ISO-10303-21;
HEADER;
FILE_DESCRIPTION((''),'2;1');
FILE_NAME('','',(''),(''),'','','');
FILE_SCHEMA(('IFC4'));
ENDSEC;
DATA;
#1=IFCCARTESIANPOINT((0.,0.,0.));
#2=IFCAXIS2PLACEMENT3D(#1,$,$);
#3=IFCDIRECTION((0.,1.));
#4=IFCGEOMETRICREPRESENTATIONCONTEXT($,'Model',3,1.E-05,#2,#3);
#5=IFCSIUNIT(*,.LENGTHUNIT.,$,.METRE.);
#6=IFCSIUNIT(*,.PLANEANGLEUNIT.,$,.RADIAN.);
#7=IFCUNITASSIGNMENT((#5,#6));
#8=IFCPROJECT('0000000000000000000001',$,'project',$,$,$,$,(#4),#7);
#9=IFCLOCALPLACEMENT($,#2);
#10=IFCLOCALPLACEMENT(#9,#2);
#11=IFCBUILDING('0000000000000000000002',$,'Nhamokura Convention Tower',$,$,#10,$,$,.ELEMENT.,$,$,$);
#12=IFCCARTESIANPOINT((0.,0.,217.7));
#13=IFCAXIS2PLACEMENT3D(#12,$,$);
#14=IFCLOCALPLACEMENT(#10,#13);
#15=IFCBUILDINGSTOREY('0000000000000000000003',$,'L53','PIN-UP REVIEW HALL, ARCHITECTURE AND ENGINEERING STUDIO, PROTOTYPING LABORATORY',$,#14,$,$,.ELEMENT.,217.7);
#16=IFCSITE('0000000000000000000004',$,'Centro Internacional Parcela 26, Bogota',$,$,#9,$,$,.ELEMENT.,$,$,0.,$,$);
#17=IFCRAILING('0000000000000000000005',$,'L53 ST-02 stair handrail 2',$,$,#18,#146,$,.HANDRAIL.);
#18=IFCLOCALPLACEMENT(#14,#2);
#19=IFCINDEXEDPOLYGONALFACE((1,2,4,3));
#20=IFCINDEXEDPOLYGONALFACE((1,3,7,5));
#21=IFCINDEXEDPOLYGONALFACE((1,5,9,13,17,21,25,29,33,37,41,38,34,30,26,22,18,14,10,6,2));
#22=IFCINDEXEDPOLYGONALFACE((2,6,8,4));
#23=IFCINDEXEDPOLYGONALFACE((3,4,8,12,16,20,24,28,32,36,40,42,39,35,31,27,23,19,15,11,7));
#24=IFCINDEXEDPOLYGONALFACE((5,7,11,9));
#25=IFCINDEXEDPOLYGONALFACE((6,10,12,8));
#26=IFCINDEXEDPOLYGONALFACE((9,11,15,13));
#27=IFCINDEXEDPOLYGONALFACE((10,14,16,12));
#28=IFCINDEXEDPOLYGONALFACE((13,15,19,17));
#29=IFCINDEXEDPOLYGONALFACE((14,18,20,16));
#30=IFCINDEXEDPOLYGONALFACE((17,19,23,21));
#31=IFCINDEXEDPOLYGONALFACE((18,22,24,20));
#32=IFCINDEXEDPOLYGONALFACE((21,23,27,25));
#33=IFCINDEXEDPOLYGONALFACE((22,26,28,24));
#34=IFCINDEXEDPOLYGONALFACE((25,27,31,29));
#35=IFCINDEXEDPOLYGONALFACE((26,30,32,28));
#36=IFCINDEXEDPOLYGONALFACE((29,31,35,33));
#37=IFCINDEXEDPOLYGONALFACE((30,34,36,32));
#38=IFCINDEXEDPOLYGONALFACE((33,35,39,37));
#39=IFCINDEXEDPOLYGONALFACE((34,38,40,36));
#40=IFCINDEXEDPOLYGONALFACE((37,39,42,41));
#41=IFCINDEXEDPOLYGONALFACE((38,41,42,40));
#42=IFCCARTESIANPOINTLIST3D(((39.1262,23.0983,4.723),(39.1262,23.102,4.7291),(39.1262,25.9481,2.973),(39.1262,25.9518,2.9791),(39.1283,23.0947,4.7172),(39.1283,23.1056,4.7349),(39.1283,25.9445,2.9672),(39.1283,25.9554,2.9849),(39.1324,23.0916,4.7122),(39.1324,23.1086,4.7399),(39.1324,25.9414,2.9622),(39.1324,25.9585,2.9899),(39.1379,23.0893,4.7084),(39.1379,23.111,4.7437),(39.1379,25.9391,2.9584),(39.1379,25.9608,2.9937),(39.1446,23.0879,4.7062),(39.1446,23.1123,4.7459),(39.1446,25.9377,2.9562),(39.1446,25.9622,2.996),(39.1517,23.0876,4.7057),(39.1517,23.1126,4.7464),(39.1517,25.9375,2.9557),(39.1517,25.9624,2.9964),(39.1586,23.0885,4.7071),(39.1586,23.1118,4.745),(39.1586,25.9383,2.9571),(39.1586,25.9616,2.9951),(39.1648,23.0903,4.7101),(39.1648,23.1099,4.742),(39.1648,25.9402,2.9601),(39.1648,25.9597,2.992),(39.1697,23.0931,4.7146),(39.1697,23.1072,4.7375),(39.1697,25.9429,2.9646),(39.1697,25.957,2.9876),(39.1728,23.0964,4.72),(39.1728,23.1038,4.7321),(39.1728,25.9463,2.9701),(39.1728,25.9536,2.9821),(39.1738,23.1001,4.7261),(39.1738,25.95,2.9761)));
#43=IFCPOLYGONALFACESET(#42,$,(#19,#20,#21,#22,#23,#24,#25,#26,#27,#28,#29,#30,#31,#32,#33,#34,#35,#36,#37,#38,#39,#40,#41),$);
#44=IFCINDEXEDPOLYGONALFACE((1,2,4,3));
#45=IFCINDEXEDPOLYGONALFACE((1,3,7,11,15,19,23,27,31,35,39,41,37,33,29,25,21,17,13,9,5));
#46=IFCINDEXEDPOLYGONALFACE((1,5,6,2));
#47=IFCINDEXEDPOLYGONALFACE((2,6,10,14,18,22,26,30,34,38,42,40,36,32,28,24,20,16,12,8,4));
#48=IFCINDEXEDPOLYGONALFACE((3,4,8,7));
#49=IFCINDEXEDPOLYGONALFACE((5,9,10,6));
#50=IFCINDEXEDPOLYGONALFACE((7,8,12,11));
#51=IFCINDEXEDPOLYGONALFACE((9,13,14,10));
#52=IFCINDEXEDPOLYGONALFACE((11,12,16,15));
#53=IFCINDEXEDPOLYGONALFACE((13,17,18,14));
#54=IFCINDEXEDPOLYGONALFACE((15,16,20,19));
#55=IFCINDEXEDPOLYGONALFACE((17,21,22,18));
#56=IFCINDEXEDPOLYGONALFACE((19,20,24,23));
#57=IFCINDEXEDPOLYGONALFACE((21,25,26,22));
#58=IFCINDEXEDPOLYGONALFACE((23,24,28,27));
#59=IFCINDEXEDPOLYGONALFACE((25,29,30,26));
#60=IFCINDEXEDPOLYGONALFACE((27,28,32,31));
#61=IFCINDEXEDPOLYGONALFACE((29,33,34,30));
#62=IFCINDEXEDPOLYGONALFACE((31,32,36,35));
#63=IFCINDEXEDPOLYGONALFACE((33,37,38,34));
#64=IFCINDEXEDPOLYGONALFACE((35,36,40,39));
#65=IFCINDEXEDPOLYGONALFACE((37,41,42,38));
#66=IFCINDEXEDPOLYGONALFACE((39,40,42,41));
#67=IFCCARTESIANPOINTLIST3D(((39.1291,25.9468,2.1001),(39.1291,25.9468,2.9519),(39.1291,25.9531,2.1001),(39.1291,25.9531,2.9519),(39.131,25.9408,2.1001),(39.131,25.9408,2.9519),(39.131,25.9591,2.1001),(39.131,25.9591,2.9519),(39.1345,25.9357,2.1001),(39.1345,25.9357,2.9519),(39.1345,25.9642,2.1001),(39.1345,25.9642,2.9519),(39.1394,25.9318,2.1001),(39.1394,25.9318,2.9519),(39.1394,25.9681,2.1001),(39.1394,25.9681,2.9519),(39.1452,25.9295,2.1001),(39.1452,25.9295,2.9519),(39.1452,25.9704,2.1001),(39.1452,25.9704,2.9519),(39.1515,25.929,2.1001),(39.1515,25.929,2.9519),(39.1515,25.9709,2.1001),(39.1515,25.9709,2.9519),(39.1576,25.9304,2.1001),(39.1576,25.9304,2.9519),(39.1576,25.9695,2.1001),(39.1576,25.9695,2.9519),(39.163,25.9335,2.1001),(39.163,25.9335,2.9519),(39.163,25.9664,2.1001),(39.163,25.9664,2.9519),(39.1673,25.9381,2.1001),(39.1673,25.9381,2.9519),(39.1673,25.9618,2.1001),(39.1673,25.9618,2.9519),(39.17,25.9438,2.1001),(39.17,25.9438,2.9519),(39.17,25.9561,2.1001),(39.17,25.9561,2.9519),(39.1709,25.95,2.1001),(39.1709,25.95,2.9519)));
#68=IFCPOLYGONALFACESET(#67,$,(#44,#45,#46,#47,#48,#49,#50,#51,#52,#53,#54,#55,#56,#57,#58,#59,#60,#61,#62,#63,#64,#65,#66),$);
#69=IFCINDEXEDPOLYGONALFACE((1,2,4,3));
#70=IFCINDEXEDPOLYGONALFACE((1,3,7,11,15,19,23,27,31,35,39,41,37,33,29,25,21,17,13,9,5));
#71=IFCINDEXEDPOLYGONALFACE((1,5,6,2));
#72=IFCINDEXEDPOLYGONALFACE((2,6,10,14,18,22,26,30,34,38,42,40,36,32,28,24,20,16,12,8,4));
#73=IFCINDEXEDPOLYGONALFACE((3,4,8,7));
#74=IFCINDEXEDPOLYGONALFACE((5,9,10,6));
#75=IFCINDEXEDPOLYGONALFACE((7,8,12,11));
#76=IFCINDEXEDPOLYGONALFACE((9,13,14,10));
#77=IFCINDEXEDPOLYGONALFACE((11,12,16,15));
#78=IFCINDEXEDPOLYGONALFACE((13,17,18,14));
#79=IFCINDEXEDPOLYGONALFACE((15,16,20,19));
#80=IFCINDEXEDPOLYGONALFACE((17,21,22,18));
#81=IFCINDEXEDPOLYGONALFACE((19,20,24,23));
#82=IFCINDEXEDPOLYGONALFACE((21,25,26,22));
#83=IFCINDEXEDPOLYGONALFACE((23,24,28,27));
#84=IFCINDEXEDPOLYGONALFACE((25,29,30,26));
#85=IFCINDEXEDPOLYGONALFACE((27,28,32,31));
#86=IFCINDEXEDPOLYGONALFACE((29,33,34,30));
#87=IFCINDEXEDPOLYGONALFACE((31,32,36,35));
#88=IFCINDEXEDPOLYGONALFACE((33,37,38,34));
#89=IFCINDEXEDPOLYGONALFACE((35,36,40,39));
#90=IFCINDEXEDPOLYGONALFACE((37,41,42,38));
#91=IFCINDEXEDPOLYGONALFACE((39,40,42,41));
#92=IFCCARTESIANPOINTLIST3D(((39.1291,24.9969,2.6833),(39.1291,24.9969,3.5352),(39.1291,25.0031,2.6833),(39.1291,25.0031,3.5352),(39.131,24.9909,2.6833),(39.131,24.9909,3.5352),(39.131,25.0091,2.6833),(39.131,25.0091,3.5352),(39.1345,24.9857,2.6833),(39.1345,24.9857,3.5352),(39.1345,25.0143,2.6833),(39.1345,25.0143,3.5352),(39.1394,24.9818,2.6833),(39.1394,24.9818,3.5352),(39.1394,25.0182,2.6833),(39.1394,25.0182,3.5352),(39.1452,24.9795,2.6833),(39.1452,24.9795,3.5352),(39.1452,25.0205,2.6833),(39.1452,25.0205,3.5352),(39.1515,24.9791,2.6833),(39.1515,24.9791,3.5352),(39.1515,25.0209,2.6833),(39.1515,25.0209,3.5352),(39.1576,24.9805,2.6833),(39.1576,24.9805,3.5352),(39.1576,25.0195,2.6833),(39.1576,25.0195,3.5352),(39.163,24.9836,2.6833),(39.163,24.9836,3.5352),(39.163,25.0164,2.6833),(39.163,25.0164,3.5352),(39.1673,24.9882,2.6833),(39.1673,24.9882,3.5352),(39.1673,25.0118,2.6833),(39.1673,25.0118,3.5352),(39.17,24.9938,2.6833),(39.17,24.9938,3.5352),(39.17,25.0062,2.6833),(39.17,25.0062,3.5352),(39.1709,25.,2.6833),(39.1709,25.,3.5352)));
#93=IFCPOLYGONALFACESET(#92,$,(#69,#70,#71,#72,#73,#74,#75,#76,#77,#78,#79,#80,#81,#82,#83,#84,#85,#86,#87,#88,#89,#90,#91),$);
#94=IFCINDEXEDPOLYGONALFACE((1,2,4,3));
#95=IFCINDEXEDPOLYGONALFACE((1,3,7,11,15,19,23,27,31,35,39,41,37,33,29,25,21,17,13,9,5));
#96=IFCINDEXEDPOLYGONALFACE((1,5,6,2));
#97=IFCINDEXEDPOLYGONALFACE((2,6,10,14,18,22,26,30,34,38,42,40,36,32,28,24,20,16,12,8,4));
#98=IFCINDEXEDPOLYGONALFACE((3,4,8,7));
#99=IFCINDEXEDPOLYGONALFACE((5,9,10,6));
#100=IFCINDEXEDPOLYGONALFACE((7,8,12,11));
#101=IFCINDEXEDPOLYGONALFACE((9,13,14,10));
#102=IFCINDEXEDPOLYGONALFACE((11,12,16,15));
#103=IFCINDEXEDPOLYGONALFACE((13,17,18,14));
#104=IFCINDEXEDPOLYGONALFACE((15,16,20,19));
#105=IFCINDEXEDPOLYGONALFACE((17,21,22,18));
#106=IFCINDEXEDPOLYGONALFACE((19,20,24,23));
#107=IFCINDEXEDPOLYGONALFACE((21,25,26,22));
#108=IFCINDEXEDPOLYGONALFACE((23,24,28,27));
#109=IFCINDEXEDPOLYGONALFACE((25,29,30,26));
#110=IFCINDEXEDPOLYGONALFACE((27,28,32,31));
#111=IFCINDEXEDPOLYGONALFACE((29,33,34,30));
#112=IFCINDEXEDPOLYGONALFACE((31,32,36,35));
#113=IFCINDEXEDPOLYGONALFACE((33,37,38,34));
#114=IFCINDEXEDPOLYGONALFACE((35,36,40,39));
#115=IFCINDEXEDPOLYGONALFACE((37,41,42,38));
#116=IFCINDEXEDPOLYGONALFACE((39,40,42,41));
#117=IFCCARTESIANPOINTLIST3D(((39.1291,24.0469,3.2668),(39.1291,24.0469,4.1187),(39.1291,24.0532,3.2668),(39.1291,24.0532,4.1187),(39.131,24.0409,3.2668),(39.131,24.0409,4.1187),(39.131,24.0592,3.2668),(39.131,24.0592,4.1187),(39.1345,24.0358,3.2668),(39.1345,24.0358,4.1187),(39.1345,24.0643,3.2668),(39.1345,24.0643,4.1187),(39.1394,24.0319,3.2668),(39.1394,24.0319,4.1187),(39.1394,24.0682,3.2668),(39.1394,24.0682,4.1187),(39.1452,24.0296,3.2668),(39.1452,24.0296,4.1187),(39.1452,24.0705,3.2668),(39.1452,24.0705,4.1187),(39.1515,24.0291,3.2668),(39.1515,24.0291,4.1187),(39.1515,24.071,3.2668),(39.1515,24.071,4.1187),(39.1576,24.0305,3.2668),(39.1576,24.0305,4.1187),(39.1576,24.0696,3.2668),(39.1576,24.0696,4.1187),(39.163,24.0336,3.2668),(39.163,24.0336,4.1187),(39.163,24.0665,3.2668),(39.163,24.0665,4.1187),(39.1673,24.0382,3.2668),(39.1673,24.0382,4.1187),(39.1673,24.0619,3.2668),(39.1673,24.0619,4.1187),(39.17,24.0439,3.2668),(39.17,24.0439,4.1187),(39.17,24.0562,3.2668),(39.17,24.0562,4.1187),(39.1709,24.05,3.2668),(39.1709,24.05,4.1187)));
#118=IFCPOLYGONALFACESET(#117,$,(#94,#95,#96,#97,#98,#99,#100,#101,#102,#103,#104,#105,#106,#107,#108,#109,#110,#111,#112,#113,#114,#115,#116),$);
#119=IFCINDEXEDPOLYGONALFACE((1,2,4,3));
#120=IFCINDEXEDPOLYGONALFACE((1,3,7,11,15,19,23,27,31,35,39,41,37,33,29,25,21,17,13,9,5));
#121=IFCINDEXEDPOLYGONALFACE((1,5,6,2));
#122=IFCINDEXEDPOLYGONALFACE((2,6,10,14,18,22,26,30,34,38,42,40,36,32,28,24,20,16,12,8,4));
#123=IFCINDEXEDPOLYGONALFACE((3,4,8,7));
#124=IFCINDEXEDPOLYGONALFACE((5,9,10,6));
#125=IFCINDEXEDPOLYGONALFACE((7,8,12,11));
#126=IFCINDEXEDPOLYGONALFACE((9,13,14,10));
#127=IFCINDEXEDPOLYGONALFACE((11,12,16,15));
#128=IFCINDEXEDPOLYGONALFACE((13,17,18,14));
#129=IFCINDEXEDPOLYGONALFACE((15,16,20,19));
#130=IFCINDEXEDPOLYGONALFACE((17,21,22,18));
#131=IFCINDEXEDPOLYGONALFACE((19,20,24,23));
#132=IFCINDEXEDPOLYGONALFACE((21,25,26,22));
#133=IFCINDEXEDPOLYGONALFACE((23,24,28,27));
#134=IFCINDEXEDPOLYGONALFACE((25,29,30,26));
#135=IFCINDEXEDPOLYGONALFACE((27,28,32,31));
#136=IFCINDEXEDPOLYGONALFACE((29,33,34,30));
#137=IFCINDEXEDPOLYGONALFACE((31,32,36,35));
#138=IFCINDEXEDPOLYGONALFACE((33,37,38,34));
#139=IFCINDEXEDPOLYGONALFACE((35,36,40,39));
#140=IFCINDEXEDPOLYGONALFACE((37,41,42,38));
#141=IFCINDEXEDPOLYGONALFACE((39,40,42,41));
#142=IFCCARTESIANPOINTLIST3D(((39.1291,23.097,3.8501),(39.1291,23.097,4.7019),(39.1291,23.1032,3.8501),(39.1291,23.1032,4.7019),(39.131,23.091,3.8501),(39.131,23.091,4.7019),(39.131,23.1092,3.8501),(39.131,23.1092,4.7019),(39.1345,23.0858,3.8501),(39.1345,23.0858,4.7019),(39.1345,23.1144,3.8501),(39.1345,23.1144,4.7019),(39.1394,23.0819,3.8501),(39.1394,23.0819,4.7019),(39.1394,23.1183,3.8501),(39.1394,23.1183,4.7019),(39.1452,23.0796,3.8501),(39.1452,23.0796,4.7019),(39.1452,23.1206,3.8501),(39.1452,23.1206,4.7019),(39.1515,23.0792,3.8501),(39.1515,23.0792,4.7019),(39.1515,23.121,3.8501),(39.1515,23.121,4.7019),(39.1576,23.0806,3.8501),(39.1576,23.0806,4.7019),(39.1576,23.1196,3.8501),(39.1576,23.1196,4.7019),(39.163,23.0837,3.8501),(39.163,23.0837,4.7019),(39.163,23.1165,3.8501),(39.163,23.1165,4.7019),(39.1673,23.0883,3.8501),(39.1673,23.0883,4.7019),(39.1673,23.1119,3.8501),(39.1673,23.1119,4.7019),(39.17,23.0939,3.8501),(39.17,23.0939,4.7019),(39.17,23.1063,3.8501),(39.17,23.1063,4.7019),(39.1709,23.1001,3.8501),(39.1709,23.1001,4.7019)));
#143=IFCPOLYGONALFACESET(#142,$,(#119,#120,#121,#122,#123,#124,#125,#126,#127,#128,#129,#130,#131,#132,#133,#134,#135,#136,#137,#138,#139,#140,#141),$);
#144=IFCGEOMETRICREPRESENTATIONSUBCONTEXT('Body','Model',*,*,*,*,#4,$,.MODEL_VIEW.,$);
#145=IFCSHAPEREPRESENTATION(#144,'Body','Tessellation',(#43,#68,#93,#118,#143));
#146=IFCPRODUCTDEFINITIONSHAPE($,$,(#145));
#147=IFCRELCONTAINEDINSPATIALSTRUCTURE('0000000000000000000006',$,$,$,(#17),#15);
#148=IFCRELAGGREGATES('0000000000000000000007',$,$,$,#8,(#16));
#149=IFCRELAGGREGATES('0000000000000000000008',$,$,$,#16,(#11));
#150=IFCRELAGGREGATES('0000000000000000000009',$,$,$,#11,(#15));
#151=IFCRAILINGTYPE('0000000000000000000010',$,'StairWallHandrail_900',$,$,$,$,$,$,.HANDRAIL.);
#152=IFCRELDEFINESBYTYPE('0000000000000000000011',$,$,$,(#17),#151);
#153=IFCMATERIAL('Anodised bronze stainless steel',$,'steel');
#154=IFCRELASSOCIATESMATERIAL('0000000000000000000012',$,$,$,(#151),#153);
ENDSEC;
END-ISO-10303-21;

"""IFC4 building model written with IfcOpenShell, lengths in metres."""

from ifc_helpers import new_model, si_unit, direction, frame, origin, origin_2d, place, context, subcontext, project, spatial, circle, extrude, material, type_object, element, save


model = new_model("IFC4")

# Units and contexts
model_context = context("Model", 3, precision=1e-05, world=origin(), true_north=direction((0.0, 1.0)))
body_context = subcontext(model_context, "Body", "Model", "MODEL_VIEW")
ifc_project = project(units=[si_unit("LENGTHUNIT", "METRE"), si_unit("PLANEANGLEUNIT", "RADIAN")], contexts=[model_context])

# Site, building, storey
site_placement = place(None, origin())
site = spatial("IfcSite", under=ifc_project, at=site_placement, Name="Centro Internacional Parcela 26, Bogota", CompositionType="ELEMENT", RefElevation=0.0)
building_placement = place(site_placement, origin())
building = spatial("IfcBuilding", under=site, at=building_placement, Name="Nhamokura Convention Tower", CompositionType="ELEMENT")
storey_placement = place(building_placement, frame((0.0, 0.0, 217.7)))
storey = spatial("IfcBuildingStorey", under=building, at=storey_placement, Name="L53", Description="PIN-UP REVIEW HALL, ARCHITECTURE AND ENGINEERING STUDIO, PROTOTYPING LABORATORY", CompositionType="ELEMENT", Elevation=217.7)

# Railing
ifc_material_1 = material(Name="Anodised bronze stainless steel", Category="steel")
railing_type_1 = type_object("IfcRailingType", Name="StairWallHandrail_900", PredefinedType="HANDRAIL", material=ifc_material_1)
railing_1_placement = place(storey_placement, frame((39.1499, 25.95, 2.1001)))
element("IfcRailing", 1, at=railing_1_placement, inside=storey, type_object=railing_type_1, Name="L53 ST-02 stair handrail 2", PredefinedType="HANDRAIL", context=body_context, shape_type="SweptSolid", body=[
    extrude(circle(Radius=0.0239, at=origin_2d()), frame((0.0, 0.0, 0.876), z_axis=(0.0, -0.852159, 0.523283), x_axis=(1.0, 0.0, 0.0)), (0.0, 0.0, 1.0), 3.3442),
    extrude(circle(Radius=0.021, at=origin_2d()), origin(), (0.0, 0.0, 1.0), 0.8518),
    extrude(circle(Radius=0.021, at=origin_2d()), frame((0.0, -0.95, 0.5833)), (0.0, 0.0, 1.0), 0.8518),
    extrude(circle(Radius=0.021, at=origin_2d()), frame((0.0, -1.8999, 1.1667)), (0.0, 0.0, 1.0), 0.8518),
    extrude(circle(Radius=0.021, at=origin_2d()), frame((0.0, -2.8499, 1.75)), (0.0, 0.0, 1.0), 0.8518),
])

save(model, "model.ifc")
